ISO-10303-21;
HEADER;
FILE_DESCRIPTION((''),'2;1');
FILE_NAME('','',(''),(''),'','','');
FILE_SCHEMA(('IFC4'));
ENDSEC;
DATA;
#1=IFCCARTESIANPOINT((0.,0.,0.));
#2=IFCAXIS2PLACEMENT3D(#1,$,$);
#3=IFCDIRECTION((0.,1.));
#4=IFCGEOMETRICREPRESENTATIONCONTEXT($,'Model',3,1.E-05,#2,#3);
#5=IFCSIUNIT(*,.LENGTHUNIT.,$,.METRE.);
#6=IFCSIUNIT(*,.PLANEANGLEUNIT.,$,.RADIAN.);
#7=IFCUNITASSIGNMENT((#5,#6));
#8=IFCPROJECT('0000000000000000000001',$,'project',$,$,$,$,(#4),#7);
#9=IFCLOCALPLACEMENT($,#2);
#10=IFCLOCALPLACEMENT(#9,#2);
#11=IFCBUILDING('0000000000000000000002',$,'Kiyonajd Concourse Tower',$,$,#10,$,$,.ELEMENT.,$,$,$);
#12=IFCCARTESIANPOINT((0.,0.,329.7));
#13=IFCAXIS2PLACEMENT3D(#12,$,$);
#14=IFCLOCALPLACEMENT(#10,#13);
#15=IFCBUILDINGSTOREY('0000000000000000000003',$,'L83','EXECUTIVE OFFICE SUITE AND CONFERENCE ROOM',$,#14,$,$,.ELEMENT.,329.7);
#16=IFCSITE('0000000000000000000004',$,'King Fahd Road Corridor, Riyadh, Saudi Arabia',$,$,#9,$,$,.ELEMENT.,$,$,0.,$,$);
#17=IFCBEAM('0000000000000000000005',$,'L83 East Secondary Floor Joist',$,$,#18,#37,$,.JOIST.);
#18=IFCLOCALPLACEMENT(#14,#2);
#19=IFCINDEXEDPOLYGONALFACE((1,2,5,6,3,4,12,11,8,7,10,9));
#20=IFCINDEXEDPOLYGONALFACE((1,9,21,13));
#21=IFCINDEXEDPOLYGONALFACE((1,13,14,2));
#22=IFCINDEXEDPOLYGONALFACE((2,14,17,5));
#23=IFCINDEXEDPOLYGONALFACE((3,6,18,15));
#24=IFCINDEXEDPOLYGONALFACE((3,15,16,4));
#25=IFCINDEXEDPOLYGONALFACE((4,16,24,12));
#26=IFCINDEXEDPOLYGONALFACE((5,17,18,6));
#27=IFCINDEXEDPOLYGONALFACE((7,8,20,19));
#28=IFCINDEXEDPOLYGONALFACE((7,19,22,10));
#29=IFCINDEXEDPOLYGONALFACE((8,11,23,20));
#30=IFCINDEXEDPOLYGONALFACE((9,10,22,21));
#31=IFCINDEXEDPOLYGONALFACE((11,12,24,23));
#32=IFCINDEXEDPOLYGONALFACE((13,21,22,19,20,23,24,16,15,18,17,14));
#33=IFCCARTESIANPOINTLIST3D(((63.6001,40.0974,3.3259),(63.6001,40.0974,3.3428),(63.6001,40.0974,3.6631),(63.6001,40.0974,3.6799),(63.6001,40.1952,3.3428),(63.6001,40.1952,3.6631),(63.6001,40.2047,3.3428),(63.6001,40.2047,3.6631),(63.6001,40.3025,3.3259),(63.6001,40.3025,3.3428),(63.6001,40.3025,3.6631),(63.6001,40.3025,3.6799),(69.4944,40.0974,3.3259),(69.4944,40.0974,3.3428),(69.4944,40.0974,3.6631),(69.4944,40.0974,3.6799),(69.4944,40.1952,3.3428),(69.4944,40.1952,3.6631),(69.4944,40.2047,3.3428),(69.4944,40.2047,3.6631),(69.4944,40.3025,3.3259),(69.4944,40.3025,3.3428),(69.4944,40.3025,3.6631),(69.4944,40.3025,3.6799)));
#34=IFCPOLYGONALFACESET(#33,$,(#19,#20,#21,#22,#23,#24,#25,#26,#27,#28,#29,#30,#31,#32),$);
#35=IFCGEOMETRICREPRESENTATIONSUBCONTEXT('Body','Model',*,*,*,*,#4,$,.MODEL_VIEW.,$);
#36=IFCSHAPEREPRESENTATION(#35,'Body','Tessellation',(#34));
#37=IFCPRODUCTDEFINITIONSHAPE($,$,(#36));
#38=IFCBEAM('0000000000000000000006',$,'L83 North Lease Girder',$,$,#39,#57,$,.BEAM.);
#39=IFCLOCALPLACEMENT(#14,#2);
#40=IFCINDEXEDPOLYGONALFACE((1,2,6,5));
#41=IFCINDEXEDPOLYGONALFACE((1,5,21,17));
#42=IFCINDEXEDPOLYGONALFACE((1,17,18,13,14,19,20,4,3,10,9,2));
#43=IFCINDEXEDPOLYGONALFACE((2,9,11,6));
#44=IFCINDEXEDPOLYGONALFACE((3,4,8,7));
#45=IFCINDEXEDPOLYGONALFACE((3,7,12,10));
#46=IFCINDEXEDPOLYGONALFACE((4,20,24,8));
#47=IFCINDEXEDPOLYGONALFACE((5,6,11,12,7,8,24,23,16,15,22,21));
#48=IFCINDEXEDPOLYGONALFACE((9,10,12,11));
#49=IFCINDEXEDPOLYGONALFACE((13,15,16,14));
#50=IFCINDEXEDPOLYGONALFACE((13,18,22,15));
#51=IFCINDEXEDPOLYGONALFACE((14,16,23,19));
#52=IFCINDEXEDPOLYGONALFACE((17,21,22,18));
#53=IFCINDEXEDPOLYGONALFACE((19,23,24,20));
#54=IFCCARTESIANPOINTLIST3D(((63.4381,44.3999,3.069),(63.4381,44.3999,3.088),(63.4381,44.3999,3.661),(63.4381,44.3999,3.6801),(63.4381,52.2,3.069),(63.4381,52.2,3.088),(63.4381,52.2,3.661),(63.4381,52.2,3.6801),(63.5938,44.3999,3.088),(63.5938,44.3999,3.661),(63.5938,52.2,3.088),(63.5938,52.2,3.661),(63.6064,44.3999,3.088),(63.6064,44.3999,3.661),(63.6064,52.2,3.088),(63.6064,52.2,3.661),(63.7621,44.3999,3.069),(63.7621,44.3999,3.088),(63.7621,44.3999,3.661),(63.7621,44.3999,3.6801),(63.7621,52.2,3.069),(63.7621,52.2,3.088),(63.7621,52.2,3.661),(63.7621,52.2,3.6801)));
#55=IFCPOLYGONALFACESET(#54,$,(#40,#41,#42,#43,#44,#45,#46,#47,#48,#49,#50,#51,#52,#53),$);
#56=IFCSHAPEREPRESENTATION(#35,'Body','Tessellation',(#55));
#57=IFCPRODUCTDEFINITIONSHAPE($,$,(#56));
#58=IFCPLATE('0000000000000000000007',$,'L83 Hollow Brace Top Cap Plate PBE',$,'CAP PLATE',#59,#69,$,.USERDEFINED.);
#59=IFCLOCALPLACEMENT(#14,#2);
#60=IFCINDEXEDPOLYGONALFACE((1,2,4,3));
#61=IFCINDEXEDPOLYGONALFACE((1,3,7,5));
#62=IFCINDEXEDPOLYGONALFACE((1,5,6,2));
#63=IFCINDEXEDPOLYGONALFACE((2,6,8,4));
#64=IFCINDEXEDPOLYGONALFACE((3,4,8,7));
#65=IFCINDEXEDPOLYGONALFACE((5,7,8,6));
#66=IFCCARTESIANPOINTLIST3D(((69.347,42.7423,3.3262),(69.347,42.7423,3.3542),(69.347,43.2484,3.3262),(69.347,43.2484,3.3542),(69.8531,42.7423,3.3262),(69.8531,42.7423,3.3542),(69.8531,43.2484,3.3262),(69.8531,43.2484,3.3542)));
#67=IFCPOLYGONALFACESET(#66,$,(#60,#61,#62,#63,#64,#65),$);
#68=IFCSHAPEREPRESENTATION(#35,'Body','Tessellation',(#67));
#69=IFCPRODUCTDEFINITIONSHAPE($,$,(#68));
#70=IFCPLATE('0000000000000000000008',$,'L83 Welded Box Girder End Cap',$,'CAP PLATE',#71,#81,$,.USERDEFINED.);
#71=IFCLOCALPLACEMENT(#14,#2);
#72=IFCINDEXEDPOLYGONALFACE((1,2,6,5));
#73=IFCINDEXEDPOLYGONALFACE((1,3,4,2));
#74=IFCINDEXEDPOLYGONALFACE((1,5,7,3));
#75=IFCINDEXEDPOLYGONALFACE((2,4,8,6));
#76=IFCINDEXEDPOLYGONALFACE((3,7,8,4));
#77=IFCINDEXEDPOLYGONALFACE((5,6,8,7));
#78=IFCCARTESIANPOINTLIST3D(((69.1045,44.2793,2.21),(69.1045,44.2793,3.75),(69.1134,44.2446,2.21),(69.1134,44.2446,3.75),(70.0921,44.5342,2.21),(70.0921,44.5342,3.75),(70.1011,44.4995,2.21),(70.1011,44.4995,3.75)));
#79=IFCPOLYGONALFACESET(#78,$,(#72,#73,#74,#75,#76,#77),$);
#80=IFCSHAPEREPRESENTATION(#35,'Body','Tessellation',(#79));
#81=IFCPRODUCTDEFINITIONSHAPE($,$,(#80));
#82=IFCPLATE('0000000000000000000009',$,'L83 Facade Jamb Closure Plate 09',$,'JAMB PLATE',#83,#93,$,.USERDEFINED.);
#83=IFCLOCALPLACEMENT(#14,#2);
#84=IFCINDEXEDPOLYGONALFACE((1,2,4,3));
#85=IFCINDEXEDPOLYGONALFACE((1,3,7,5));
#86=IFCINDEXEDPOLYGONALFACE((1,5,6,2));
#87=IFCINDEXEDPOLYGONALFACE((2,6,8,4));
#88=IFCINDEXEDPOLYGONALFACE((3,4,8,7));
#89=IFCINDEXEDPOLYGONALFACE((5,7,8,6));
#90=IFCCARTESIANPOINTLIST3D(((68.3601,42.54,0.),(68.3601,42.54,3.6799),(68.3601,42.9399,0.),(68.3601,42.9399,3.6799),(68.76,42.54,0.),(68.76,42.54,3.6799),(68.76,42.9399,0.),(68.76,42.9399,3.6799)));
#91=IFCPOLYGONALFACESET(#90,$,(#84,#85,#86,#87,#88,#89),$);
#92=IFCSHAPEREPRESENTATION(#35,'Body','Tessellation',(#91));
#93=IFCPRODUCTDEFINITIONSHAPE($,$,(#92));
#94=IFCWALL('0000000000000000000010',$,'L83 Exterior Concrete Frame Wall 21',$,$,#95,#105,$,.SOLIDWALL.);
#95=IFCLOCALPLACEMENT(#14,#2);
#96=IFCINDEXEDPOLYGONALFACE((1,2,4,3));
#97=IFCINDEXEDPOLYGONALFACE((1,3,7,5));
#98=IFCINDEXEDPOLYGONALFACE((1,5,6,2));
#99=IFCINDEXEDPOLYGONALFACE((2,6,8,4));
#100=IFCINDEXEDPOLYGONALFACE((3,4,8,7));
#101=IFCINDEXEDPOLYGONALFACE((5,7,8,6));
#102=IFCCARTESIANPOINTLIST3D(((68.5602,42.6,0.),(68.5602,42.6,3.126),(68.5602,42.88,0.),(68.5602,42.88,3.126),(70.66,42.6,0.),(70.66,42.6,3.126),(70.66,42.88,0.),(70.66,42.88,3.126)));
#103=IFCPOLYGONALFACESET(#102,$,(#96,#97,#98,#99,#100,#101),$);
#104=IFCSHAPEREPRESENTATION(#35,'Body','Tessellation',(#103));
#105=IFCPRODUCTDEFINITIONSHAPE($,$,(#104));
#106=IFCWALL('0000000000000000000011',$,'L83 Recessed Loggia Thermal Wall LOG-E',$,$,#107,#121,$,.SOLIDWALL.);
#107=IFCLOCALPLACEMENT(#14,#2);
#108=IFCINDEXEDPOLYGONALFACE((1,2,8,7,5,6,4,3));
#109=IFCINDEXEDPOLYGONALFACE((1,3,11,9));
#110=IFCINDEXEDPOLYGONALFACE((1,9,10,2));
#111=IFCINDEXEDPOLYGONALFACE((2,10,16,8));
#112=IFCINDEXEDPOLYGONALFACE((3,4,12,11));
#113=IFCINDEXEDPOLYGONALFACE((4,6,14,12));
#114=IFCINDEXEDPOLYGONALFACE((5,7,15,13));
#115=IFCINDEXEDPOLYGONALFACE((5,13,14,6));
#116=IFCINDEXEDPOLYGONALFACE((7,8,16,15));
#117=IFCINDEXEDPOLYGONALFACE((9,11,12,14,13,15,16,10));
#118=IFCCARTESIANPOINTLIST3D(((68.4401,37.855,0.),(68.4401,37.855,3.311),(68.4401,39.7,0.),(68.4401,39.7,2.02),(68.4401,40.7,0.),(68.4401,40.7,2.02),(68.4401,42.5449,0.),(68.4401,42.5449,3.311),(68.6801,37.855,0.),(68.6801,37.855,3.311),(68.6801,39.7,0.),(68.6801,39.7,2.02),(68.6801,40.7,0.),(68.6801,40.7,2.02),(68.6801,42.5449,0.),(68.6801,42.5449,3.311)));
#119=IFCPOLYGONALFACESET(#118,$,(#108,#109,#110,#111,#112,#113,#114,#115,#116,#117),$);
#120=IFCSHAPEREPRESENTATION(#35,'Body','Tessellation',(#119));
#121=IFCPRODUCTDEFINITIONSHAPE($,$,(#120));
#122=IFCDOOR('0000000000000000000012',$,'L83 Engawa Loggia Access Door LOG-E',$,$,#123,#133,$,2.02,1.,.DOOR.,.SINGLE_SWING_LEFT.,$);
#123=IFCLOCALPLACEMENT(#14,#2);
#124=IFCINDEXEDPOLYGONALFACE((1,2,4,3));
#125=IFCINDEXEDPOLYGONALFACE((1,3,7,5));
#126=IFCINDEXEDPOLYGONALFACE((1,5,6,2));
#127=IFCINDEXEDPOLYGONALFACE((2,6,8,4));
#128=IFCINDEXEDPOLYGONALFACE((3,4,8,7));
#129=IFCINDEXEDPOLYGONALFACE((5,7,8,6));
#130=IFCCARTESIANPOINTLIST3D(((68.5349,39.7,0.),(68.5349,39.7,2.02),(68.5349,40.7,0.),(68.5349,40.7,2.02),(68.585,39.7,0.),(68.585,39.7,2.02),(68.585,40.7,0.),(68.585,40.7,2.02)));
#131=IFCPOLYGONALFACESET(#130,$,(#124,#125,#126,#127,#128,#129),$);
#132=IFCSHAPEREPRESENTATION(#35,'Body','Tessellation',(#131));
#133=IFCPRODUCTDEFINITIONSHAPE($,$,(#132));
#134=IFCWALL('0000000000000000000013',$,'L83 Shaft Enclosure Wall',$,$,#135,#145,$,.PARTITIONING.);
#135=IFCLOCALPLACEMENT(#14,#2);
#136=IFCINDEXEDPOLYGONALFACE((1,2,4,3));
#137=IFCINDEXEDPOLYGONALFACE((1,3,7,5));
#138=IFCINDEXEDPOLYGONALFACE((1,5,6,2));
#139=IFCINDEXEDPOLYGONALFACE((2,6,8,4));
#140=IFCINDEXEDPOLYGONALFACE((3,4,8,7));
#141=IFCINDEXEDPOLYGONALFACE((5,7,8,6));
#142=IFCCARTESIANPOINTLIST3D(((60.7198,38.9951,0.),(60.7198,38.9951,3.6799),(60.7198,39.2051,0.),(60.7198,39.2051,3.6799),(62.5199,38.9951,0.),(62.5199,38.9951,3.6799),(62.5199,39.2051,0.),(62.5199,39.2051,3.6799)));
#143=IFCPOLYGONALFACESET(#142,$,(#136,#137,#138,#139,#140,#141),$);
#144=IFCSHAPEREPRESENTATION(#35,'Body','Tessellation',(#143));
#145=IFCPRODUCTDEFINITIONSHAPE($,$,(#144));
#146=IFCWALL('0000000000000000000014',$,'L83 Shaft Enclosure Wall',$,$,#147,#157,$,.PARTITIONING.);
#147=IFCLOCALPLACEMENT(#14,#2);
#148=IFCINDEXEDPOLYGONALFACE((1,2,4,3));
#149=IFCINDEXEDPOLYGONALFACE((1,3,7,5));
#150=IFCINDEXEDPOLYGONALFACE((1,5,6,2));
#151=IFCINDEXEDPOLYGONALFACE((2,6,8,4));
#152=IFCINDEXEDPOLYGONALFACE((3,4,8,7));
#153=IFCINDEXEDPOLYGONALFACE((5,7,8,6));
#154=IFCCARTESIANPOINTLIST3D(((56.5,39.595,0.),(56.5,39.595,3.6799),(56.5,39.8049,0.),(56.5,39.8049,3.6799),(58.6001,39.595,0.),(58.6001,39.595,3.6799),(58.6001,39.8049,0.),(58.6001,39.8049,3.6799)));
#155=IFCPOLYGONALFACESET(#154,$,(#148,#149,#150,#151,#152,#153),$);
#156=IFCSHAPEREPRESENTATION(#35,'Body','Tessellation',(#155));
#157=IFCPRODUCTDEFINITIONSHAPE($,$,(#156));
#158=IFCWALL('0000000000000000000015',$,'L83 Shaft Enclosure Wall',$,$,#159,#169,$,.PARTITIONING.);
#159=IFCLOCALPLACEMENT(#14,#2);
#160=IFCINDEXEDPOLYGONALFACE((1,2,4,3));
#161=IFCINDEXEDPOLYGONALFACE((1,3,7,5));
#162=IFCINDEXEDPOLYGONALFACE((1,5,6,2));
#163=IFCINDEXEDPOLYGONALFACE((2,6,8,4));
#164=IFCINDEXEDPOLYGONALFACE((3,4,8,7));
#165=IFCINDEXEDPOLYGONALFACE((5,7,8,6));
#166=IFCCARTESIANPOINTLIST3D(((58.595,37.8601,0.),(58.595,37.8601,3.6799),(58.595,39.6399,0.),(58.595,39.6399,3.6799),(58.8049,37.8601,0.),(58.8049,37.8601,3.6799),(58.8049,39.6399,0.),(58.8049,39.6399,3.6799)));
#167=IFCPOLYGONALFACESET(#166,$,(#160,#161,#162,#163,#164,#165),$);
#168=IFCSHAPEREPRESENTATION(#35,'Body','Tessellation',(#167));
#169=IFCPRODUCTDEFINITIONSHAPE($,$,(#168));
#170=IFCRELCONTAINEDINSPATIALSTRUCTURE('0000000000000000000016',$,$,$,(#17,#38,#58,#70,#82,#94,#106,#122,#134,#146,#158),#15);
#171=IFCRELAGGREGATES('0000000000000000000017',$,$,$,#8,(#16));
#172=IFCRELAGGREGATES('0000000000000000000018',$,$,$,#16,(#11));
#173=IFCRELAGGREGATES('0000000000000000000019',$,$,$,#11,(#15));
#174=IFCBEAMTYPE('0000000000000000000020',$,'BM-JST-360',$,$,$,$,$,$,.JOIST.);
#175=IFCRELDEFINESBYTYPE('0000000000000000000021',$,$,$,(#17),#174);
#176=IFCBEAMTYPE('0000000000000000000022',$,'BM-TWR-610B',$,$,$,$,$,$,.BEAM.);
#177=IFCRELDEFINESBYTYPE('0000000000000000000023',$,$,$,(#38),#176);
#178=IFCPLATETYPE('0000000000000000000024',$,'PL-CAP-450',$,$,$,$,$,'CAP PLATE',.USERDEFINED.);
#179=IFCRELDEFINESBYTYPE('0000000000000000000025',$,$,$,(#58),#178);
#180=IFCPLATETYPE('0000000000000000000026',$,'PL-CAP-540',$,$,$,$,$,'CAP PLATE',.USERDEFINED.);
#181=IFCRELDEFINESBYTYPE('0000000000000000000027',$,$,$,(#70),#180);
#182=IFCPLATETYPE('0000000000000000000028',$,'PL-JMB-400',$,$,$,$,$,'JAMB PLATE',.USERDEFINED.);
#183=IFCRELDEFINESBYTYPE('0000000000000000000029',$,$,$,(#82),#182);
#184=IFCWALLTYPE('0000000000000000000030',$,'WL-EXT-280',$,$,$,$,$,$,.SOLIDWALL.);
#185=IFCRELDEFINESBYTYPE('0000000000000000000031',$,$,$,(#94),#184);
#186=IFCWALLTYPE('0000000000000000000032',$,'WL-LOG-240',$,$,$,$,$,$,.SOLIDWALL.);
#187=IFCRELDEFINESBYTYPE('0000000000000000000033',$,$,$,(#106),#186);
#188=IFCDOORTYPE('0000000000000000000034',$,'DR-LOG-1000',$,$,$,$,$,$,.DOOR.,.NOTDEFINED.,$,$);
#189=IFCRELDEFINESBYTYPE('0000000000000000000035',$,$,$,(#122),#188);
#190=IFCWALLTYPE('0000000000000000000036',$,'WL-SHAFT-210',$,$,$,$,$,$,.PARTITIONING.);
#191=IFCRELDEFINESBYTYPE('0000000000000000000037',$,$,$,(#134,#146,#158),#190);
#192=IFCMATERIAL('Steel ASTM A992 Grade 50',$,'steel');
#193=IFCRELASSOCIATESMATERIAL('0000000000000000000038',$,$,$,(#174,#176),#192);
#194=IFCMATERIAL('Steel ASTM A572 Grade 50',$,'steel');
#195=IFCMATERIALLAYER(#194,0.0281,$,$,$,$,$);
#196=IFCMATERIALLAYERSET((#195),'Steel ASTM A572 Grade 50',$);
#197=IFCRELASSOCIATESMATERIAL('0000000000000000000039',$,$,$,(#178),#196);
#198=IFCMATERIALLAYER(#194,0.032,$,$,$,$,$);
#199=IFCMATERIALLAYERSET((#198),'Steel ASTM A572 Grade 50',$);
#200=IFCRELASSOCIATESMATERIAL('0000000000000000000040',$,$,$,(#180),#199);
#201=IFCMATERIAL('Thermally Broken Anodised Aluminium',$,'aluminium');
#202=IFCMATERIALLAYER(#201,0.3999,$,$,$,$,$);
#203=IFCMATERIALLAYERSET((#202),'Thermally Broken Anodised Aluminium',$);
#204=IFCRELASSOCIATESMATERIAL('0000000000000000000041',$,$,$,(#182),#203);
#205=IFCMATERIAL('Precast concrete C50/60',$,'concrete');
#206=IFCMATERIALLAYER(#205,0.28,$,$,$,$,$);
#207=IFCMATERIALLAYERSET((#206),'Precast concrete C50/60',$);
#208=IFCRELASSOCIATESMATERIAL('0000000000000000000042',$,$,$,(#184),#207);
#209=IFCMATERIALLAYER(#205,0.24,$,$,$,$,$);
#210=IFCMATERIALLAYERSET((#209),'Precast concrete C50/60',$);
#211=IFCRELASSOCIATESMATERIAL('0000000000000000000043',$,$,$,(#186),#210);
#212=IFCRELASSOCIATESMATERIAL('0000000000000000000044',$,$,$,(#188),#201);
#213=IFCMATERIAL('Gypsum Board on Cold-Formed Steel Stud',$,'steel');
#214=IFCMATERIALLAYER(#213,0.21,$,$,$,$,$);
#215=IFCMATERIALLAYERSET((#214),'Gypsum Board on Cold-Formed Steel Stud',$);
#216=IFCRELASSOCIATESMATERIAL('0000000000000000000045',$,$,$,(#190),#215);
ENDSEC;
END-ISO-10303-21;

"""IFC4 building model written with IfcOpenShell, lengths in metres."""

from ifc_helpers import new_model, si_unit, direction, frame, frame_2d, origin, origin_2d, place, context, subcontext, project, spatial, rectangle, i_section, extrude, material, layer, layer_set, material_profile, profile_set, type_object, element, fill, save


model = new_model("IFC4")

# Units and contexts
model_context = context("Model", 3, precision=1e-05, world=origin(), true_north=direction((0.0, 1.0)))
body_context = subcontext(model_context, "Body", "Model", "MODEL_VIEW")
ifc_project = project(units=[si_unit("LENGTHUNIT", "METRE"), si_unit("PLANEANGLEUNIT", "RADIAN")], contexts=[model_context])

# Site, building, storey
site_placement = place(None, origin())
site = spatial("IfcSite", under=ifc_project, at=site_placement, Name="King Fahd Road Corridor, Riyadh, Saudi Arabia", CompositionType="ELEMENT", RefElevation=0.0)
building_placement = place(site_placement, origin())
building = spatial("IfcBuilding", under=site, at=building_placement, Name="Kiyonajd Concourse Tower", CompositionType="ELEMENT")
storey_placement = place(building_placement, frame((0.0, 0.0, 329.7)))
storey = spatial("IfcBuildingStorey", under=building, at=storey_placement, Name="L83", Description="EXECUTIVE OFFICE SUITE AND CONFERENCE ROOM", CompositionType="ELEMENT", Elevation=329.7)

# Beams
ifc_material_1 = material(Name="Steel ASTM A992 Grade 50", Category="steel")
ifc_material_profile_1 = material_profile(ifc_material_1, i_section(OverallWidth=0.2051, OverallDepth=0.354, WebThickness=0.0095, FlangeThickness=0.0168, at=origin_2d()), Name="W360X79")
ifc_profile_set_1 = profile_set([ifc_material_profile_1], Name="Steel ASTM A992 Grade 50")
beam_type_1 = type_object("IfcBeamType", Name="BM-JST-360", PredefinedType="JOIST", material=ifc_profile_set_1)
beam_1_placement = place(storey_placement, frame((63.6001, 40.2, 3.5029), z_axis=(1.0, 0.0, 0.0), x_axis=(0.0, 1.0, 0.0)))
element("IfcBeam", 1, at=beam_1_placement, inside=storey, type_object=beam_type_1, Name="L83 East Secondary Floor Joist", PredefinedType="JOIST", context=body_context, shape_type="SweptSolid", body=[
    extrude(i_section(OverallWidth=0.2051, OverallDepth=0.354, WebThickness=0.0095, FlangeThickness=0.0168, at=origin_2d()), origin(), (0.0, 0.0, 1.0), 5.8943),
])
ifc_material_profile_2 = material_profile(ifc_material_1, i_section(OverallWidth=0.324, OverallDepth=0.6111, WebThickness=0.0127, FlangeThickness=0.019, at=origin_2d()), Name="W610X155")
ifc_profile_set_2 = profile_set([ifc_material_profile_2], Name="Steel ASTM A992 Grade 50")
beam_type_2 = type_object("IfcBeamType", Name="BM-TWR-610B", PredefinedType="BEAM", material=ifc_profile_set_2)
beam_2_placement = place(storey_placement, frame((63.6001, 44.3999, 3.3745), z_axis=(0.0, 1.0, 0.0), x_axis=(-1.0, 0.0, 0.0)))
element("IfcBeam", 2, at=beam_2_placement, inside=storey, type_object=beam_type_2, Name="L83 North Lease Girder", PredefinedType="BEAM", context=body_context, shape_type="SweptSolid", body=[
    extrude(i_section(OverallWidth=0.324, OverallDepth=0.6111, WebThickness=0.0127, FlangeThickness=0.019, at=origin_2d()), origin(), (0.0, 0.0, 1.0), 7.8),
])

# Plates
ifc_material_2 = material(Name="Steel ASTM A572 Grade 50", Category="steel")
ifc_layer_1 = layer(ifc_material_2, 0.0281)
ifc_layer_set_1 = layer_set([ifc_layer_1], Name="Steel ASTM A572 Grade 50")
plate_type_1 = type_object("IfcPlateType", Name="PL-CAP-450", ElementType="CAP PLATE", PredefinedType="USERDEFINED", material=ifc_layer_set_1)
plate_1_placement = place(storey_placement, frame((69.6001, 42.9954, 3.3262), z_axis=(0.0, 0.0, 1.0), x_axis=(1.0, 0.0, 0.0)))
element("IfcPlate", 3, at=plate_1_placement, inside=storey, type_object=plate_type_1, Name="L83 Hollow Brace Top Cap Plate PBE", ObjectType="CAP PLATE", PredefinedType="USERDEFINED", context=body_context, shape_type="SweptSolid", body=[
    extrude(rectangle(XDim=0.5061, YDim=0.5061, at=origin_2d()), origin(), (0.0, 0.0, 1.0), 0.0281),
])
ifc_layer_2 = layer(ifc_material_2, 0.032)
ifc_layer_set_2 = layer_set([ifc_layer_2], Name="Steel ASTM A572 Grade 50")
plate_type_2 = type_object("IfcPlateType", Name="PL-CAP-540", ElementType="CAP PLATE", PredefinedType="USERDEFINED", material=ifc_layer_set_2)
plate_2_placement = place(storey_placement, frame((69.6028, 44.3894, 2.21), z_axis=(0.0, 0.0, 1.0), x_axis=(0.249873, -0.968279, 0.0)))
element("IfcPlate", 4, at=plate_2_placement, inside=storey, type_object=plate_type_2, Name="L83 Welded Box Girder End Cap", ObjectType="CAP PLATE", PredefinedType="USERDEFINED", context=body_context, shape_type="SweptSolid", body=[
    extrude(rectangle(XDim=0.0359, YDim=1.02, at=origin_2d()), origin(), (0.0, 0.0, 1.0), 1.54),
])
ifc_material_3 = material(Name="Thermally Broken Anodised Aluminium", Category="aluminium")
ifc_layer_3 = layer(ifc_material_3, 0.3999)
ifc_layer_set_3 = layer_set([ifc_layer_3], Name="Thermally Broken Anodised Aluminium")
plate_type_3 = type_object("IfcPlateType", Name="PL-JMB-400", ElementType="JAMB PLATE", PredefinedType="USERDEFINED", material=ifc_layer_set_3)
plate_3_placement = place(storey_placement, frame((68.5601, 42.74, 0.0), z_axis=(0.0, 0.0, 1.0), x_axis=(1.0, 0.0, 0.0)))
element("IfcPlate", 5, at=plate_3_placement, inside=storey, type_object=plate_type_3, Name="L83 Facade Jamb Closure Plate 09", ObjectType="JAMB PLATE", PredefinedType="USERDEFINED", context=body_context, shape_type="SweptSolid", body=[
    extrude(rectangle(XDim=0.3999, YDim=0.3999, at=origin_2d()), origin(), (0.0, 0.0, 1.0), 3.6799),
])

# Wall
ifc_material_4 = material(Name="Precast concrete C50/60", Category="concrete")
ifc_layer_4 = layer(ifc_material_4, 0.28)
ifc_layer_set_4 = layer_set([ifc_layer_4], Name="Precast concrete C50/60")
wall_type_1 = type_object("IfcWallType", Name="WL-EXT-280", PredefinedType="SOLIDWALL", material=ifc_layer_set_4)
wall_1_placement = place(storey_placement, frame((70.6599, 42.74, 0.0), z_axis=(0.0, 0.0, 1.0), x_axis=(-1.0, 0.0, 0.0)))
element("IfcWall", 6, at=wall_1_placement, inside=storey, type_object=wall_type_1, Name="L83 Exterior Concrete Frame Wall 21", PredefinedType="SOLIDWALL", context=body_context, shape_type="SweptSolid", body=[
    extrude(rectangle(XDim=2.0999, YDim=0.28, at=frame_2d((1.0498, 0.0))), origin(), (0.0, 0.0, 1.0), 3.126),
])

# Wall, opening, door
ifc_layer_5 = layer(ifc_material_4, 0.24)
ifc_layer_set_5 = layer_set([ifc_layer_5], Name="Precast concrete C50/60")
wall_type_2 = type_object("IfcWallType", Name="WL-LOG-240", PredefinedType="SOLIDWALL", material=ifc_layer_set_5)
wall_2_placement = place(storey_placement, frame((68.5601, 42.5449, 0.0), z_axis=(0.0, 0.0, 1.0), x_axis=(0.0, -1.0, 0.0)))
wall_2 = element("IfcWall", 7, at=wall_2_placement, inside=storey, type_object=wall_type_2, Name="L83 Recessed Loggia Thermal Wall LOG-E", PredefinedType="SOLIDWALL", context=body_context, shape_type="SweptSolid", body=[
    extrude(rectangle(XDim=4.6899, YDim=0.24, at=frame_2d((2.345, 0.0))), origin(), (0.0, 0.0, 1.0), 3.311),
])
opening_1_placement = place(wall_2_placement, frame((1.845, 0.0, 0.0)))
opening_1 = element("IfcOpeningElement", 8, at=opening_1_placement, cuts=wall_2, PredefinedType="OPENING", context=body_context, shape_type="SweptSolid", body=[
    extrude(rectangle(XDim=1.0, YDim=2.02, at=frame_2d((0.5, 1.01))), frame((0.0, 0.1299, 0.0), z_axis=(0.0, -1.0, 0.0), x_axis=(1.0, 0.0, 0.0)), (0.0, 0.0, 1.0), 0.26),
])
door_type_1 = type_object("IfcDoorType", Name="DR-LOG-1000", OperationType="NOTDEFINED", PredefinedType="DOOR", material=ifc_material_3)
door_1_placement = place(opening_1_placement, origin())
door_1 = element("IfcDoor", 9, at=door_1_placement, inside=storey, type_object=door_type_1, Name="L83 Engawa Loggia Access Door LOG-E", OperationType="SINGLE_SWING_LEFT", OverallHeight=2.02, OverallWidth=1.0, PredefinedType="DOOR", context=body_context, shape_type="SweptSolid", body=[
    extrude(rectangle(XDim=1.0, YDim=2.02, at=frame_2d((0.5, 1.01))), frame((0.0, 0.0249, 0.0), z_axis=(0.0, -1.0, 0.0), x_axis=(1.0, 0.0, 0.0)), (0.0, 0.0, 1.0), 0.05),
])
fill(opening_1, door_1)

# Walls
ifc_material_5 = material(Name="Gypsum Board on Cold-Formed Steel Stud", Category="steel")
ifc_layer_6 = layer(ifc_material_5, 0.21)
ifc_layer_set_6 = layer_set([ifc_layer_6], Name="Gypsum Board on Cold-Formed Steel Stud")
wall_type_3 = type_object("IfcWallType", Name="WL-SHAFT-210", PredefinedType="PARTITIONING", material=ifc_layer_set_6)
wall_3_placement = place(storey_placement, frame((60.72, 39.1001, 0.0), z_axis=(0.0, 0.0, 1.0), x_axis=(1.0, 0.0, 0.0)))
element("IfcWall", 10, at=wall_3_placement, inside=storey, type_object=wall_type_3, Name="L83 Shaft Enclosure Wall", PredefinedType="PARTITIONING", context=body_context, shape_type="SweptSolid", body=[
    extrude(rectangle(XDim=1.8, YDim=0.21, at=frame_2d((0.8999, 0.0))), origin(), (0.0, 0.0, 1.0), 3.6799),
])
wall_4_placement = place(storey_placement, frame((56.5, 39.7, 0.0), z_axis=(0.0, 0.0, 1.0), x_axis=(1.0, 0.0, 0.0)))
element("IfcWall", 11, at=wall_4_placement, inside=storey, type_object=wall_type_3, Name="L83 Shaft Enclosure Wall", PredefinedType="PARTITIONING", context=body_context, shape_type="SweptSolid", body=[
    extrude(rectangle(XDim=2.1001, YDim=0.21, at=frame_2d((1.05, 0.0))), origin(), (0.0, 0.0, 1.0), 3.6799),
])
wall_5_placement = place(storey_placement, frame((58.7, 37.8601, 0.0), z_axis=(0.0, 0.0, 1.0), x_axis=(0.0, 1.0, 0.0)))
element("IfcWall", 12, at=wall_5_placement, inside=storey, type_object=wall_type_3, Name="L83 Shaft Enclosure Wall", PredefinedType="PARTITIONING", context=body_context, shape_type="SweptSolid", body=[
    extrude(rectangle(XDim=1.7798, YDim=0.21, at=frame_2d((0.8899, 0.0))), origin(), (0.0, 0.0, 1.0), 3.6799),
])

save(model, "model.ifc")
